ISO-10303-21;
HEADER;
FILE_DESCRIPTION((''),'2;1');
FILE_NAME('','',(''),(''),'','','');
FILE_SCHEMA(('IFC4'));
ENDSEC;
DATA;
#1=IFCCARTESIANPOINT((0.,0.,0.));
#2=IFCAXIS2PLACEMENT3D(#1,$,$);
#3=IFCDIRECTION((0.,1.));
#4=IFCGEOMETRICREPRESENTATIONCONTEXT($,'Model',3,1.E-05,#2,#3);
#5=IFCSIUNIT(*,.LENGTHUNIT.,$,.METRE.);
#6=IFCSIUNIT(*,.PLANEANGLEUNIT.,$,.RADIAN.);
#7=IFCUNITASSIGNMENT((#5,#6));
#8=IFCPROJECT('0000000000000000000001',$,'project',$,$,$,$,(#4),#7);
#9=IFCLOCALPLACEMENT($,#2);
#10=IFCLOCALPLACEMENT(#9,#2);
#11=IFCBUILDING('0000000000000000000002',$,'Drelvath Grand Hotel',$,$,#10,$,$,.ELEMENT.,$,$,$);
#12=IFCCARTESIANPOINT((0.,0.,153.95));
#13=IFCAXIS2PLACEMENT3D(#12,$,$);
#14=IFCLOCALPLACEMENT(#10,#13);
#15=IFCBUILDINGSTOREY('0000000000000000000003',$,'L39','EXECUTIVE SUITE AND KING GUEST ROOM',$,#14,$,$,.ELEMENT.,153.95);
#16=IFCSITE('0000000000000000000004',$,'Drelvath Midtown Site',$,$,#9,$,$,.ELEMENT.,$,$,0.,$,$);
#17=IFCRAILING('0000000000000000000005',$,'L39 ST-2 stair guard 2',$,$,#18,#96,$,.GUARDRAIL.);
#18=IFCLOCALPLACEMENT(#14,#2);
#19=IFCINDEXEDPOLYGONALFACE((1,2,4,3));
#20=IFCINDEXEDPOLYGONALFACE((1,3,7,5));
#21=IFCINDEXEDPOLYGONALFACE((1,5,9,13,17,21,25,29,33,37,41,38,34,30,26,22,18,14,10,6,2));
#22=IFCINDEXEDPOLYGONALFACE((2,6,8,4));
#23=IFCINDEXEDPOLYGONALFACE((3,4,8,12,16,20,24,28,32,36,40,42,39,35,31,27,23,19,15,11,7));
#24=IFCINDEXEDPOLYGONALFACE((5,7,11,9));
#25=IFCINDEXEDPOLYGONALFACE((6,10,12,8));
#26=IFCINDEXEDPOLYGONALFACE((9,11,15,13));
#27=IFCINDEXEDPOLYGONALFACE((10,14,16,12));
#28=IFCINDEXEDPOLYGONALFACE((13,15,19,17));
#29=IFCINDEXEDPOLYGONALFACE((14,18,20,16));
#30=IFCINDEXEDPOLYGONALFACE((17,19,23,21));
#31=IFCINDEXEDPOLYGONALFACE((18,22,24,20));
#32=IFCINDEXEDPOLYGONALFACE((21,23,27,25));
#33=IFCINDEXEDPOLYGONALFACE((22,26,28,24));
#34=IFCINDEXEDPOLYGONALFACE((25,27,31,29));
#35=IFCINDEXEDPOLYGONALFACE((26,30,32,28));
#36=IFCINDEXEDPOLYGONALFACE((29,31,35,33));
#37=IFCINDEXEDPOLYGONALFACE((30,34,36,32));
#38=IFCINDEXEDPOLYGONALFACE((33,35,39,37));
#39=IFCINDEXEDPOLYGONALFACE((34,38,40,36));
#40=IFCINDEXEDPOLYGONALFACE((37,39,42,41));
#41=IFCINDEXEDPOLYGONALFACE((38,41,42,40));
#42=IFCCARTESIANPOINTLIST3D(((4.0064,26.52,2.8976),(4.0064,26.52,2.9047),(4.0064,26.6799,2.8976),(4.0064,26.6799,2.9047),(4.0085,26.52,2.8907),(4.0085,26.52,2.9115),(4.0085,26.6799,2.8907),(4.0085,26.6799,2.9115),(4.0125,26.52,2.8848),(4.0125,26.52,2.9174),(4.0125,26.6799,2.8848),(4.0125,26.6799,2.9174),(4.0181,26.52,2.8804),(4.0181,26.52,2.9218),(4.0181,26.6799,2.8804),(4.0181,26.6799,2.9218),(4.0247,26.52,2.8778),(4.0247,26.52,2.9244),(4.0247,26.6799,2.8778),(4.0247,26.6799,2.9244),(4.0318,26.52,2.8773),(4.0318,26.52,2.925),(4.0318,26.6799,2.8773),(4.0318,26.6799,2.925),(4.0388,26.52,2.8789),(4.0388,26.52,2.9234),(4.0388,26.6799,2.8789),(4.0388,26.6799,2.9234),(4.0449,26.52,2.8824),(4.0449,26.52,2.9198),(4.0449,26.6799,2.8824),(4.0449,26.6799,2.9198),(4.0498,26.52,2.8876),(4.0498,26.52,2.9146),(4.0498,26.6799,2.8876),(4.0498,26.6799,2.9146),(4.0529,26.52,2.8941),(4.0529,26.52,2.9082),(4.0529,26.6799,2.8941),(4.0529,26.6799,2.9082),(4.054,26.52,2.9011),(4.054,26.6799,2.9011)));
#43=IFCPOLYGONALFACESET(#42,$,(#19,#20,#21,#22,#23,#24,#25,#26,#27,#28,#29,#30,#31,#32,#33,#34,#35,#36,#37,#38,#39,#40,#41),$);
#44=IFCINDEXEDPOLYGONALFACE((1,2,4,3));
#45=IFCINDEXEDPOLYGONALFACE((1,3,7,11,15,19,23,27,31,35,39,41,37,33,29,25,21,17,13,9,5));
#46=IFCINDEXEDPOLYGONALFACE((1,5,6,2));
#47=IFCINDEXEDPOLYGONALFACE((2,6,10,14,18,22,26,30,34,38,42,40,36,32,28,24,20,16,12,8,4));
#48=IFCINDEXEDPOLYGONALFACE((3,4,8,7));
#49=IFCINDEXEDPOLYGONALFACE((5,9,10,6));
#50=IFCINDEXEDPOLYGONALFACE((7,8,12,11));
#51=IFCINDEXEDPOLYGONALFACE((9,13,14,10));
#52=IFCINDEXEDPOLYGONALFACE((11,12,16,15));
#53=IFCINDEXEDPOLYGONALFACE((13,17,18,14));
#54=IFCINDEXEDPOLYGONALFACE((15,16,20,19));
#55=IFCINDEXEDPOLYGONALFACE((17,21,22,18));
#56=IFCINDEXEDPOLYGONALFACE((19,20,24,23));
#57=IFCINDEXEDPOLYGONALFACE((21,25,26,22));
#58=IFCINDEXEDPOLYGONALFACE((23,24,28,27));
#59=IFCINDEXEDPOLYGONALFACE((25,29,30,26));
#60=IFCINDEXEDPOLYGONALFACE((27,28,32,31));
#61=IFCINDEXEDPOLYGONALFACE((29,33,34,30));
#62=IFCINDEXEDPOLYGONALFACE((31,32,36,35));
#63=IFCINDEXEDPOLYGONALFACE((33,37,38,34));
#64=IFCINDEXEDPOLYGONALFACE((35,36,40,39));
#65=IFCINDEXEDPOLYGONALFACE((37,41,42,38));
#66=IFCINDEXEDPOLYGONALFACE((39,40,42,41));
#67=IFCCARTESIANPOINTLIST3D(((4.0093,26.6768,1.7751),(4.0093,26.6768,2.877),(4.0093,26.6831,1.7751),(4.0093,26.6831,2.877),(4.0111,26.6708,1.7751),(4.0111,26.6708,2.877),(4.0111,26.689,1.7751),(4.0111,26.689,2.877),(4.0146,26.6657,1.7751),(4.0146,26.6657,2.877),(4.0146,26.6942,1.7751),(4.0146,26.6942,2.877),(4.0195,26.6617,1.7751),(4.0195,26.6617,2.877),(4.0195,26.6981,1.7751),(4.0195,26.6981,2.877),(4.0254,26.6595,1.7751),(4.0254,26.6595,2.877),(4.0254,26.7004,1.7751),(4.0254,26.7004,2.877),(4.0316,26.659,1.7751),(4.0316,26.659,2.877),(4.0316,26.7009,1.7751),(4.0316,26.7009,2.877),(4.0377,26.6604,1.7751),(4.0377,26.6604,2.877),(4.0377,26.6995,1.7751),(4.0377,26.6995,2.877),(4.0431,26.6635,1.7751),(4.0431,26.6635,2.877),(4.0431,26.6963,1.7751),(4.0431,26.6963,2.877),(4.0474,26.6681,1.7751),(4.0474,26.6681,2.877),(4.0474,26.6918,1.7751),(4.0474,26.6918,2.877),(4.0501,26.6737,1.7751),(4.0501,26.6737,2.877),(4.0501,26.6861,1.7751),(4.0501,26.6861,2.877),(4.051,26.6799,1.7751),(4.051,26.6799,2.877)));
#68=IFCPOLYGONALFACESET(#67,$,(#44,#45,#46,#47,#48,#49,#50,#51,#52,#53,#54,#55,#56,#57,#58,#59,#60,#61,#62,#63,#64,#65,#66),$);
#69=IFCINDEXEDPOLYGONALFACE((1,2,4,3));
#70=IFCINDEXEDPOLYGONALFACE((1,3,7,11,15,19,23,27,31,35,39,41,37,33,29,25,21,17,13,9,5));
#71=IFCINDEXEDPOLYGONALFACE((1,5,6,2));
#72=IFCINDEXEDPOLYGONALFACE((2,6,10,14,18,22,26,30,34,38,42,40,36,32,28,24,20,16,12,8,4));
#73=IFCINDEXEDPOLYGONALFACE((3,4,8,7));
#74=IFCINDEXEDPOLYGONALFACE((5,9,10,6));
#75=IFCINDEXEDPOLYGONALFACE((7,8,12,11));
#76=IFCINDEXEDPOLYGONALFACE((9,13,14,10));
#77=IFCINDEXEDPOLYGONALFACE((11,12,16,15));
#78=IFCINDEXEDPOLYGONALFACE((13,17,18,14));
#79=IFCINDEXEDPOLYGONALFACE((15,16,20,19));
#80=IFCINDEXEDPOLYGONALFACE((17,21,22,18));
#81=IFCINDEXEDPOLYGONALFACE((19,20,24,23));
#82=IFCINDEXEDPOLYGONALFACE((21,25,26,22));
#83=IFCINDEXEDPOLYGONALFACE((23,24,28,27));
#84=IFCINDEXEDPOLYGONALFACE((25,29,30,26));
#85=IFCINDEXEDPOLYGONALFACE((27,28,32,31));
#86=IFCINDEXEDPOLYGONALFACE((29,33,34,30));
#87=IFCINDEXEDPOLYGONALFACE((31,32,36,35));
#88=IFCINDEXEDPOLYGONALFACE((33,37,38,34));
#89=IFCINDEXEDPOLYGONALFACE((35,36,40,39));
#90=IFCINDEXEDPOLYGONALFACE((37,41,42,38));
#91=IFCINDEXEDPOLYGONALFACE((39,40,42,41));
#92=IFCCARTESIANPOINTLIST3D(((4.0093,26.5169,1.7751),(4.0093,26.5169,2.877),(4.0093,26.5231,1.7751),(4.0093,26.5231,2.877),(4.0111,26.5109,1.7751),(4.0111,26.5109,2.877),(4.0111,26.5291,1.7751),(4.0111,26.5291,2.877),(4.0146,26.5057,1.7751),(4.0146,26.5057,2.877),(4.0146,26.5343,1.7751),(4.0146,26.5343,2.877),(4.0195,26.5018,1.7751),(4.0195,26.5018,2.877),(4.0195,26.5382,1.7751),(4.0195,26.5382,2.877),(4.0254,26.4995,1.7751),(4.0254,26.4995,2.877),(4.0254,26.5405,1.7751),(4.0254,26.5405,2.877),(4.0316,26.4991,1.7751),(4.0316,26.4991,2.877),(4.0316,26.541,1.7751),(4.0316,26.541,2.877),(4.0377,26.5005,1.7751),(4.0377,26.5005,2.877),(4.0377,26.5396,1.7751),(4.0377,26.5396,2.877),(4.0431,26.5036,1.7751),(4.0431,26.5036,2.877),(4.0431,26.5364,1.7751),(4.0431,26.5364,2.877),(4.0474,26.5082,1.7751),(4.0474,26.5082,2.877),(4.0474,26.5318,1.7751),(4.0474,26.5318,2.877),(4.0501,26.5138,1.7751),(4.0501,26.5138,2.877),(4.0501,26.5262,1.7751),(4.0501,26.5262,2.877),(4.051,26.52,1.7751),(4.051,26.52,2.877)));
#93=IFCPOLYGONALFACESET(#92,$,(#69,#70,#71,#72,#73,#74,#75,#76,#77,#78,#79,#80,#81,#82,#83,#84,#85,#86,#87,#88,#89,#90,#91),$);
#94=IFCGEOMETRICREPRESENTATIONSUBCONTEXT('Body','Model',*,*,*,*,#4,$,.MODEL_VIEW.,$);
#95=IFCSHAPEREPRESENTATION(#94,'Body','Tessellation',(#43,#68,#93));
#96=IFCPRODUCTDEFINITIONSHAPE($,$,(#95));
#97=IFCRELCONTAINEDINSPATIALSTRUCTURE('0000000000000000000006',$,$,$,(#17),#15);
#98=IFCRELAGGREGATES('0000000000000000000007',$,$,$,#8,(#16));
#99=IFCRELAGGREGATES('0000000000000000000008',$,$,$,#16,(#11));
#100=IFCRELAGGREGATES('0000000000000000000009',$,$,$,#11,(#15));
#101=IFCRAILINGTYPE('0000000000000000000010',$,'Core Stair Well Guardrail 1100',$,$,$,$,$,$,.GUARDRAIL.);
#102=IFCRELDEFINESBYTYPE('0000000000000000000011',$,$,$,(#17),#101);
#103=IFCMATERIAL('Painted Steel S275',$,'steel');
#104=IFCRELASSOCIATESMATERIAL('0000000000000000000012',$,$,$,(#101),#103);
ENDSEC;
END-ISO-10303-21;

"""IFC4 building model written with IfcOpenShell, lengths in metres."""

from ifc_helpers import new_model, si_unit, direction, frame, origin, origin_2d, place, context, subcontext, project, spatial, circle, extrude, material, type_object, element, save


model = new_model("IFC4")

# Units and contexts
model_context = context("Model", 3, precision=1e-05, world=origin(), true_north=direction((0.0, 1.0)))
body_context = subcontext(model_context, "Body", "Model", "MODEL_VIEW")
ifc_project = project(units=[si_unit("LENGTHUNIT", "METRE"), si_unit("PLANEANGLEUNIT", "RADIAN")], contexts=[model_context])

# Site, building, storey
site_placement = place(None, origin())
site = spatial("IfcSite", under=ifc_project, at=site_placement, Name="Drelvath Midtown Site", CompositionType="ELEMENT", RefElevation=0.0)
building_placement = place(site_placement, origin())
building = spatial("IfcBuilding", under=site, at=building_placement, Name="Drelvath Grand Hotel", CompositionType="ELEMENT")
storey_placement = place(building_placement, frame((0.0, 0.0, 153.95)))
storey = spatial("IfcBuildingStorey", under=building, at=storey_placement, Name="L39", Description="EXECUTIVE SUITE AND KING GUEST ROOM", CompositionType="ELEMENT", Elevation=153.95)

# Railing
ifc_material_1 = material(Name="Painted Steel S275", Category="steel")
railing_type_1 = type_object("IfcRailingType", Name="Core Stair Well Guardrail 1100", PredefinedType="GUARDRAIL", material=ifc_material_1)
railing_1_placement = place(storey_placement, frame((4.03, 26.6799, 1.7751)))
element("IfcRailing", 1, at=railing_1_placement, inside=storey, type_object=railing_type_1, Name="L39 ST-2 stair guard 2", PredefinedType="GUARDRAIL", context=body_context, shape_type="SweptSolid", body=[
    extrude(circle(Radius=0.0239, at=origin_2d()), frame((0.0, 0.0, 1.126), z_axis=(0.0, -1.0, 0.0), x_axis=(1.0, 0.0, 0.0)), (0.0, 0.0, 1.0), 0.1599),
    extrude(circle(Radius=0.021, at=origin_2d()), origin(), (0.0, 0.0, 1.0), 1.1018),
    extrude(circle(Radius=0.021, at=origin_2d()), frame((0.0, -0.1599, 0.0)), (0.0, 0.0, 1.0), 1.1018),
])

save(model, "model.ifc")
